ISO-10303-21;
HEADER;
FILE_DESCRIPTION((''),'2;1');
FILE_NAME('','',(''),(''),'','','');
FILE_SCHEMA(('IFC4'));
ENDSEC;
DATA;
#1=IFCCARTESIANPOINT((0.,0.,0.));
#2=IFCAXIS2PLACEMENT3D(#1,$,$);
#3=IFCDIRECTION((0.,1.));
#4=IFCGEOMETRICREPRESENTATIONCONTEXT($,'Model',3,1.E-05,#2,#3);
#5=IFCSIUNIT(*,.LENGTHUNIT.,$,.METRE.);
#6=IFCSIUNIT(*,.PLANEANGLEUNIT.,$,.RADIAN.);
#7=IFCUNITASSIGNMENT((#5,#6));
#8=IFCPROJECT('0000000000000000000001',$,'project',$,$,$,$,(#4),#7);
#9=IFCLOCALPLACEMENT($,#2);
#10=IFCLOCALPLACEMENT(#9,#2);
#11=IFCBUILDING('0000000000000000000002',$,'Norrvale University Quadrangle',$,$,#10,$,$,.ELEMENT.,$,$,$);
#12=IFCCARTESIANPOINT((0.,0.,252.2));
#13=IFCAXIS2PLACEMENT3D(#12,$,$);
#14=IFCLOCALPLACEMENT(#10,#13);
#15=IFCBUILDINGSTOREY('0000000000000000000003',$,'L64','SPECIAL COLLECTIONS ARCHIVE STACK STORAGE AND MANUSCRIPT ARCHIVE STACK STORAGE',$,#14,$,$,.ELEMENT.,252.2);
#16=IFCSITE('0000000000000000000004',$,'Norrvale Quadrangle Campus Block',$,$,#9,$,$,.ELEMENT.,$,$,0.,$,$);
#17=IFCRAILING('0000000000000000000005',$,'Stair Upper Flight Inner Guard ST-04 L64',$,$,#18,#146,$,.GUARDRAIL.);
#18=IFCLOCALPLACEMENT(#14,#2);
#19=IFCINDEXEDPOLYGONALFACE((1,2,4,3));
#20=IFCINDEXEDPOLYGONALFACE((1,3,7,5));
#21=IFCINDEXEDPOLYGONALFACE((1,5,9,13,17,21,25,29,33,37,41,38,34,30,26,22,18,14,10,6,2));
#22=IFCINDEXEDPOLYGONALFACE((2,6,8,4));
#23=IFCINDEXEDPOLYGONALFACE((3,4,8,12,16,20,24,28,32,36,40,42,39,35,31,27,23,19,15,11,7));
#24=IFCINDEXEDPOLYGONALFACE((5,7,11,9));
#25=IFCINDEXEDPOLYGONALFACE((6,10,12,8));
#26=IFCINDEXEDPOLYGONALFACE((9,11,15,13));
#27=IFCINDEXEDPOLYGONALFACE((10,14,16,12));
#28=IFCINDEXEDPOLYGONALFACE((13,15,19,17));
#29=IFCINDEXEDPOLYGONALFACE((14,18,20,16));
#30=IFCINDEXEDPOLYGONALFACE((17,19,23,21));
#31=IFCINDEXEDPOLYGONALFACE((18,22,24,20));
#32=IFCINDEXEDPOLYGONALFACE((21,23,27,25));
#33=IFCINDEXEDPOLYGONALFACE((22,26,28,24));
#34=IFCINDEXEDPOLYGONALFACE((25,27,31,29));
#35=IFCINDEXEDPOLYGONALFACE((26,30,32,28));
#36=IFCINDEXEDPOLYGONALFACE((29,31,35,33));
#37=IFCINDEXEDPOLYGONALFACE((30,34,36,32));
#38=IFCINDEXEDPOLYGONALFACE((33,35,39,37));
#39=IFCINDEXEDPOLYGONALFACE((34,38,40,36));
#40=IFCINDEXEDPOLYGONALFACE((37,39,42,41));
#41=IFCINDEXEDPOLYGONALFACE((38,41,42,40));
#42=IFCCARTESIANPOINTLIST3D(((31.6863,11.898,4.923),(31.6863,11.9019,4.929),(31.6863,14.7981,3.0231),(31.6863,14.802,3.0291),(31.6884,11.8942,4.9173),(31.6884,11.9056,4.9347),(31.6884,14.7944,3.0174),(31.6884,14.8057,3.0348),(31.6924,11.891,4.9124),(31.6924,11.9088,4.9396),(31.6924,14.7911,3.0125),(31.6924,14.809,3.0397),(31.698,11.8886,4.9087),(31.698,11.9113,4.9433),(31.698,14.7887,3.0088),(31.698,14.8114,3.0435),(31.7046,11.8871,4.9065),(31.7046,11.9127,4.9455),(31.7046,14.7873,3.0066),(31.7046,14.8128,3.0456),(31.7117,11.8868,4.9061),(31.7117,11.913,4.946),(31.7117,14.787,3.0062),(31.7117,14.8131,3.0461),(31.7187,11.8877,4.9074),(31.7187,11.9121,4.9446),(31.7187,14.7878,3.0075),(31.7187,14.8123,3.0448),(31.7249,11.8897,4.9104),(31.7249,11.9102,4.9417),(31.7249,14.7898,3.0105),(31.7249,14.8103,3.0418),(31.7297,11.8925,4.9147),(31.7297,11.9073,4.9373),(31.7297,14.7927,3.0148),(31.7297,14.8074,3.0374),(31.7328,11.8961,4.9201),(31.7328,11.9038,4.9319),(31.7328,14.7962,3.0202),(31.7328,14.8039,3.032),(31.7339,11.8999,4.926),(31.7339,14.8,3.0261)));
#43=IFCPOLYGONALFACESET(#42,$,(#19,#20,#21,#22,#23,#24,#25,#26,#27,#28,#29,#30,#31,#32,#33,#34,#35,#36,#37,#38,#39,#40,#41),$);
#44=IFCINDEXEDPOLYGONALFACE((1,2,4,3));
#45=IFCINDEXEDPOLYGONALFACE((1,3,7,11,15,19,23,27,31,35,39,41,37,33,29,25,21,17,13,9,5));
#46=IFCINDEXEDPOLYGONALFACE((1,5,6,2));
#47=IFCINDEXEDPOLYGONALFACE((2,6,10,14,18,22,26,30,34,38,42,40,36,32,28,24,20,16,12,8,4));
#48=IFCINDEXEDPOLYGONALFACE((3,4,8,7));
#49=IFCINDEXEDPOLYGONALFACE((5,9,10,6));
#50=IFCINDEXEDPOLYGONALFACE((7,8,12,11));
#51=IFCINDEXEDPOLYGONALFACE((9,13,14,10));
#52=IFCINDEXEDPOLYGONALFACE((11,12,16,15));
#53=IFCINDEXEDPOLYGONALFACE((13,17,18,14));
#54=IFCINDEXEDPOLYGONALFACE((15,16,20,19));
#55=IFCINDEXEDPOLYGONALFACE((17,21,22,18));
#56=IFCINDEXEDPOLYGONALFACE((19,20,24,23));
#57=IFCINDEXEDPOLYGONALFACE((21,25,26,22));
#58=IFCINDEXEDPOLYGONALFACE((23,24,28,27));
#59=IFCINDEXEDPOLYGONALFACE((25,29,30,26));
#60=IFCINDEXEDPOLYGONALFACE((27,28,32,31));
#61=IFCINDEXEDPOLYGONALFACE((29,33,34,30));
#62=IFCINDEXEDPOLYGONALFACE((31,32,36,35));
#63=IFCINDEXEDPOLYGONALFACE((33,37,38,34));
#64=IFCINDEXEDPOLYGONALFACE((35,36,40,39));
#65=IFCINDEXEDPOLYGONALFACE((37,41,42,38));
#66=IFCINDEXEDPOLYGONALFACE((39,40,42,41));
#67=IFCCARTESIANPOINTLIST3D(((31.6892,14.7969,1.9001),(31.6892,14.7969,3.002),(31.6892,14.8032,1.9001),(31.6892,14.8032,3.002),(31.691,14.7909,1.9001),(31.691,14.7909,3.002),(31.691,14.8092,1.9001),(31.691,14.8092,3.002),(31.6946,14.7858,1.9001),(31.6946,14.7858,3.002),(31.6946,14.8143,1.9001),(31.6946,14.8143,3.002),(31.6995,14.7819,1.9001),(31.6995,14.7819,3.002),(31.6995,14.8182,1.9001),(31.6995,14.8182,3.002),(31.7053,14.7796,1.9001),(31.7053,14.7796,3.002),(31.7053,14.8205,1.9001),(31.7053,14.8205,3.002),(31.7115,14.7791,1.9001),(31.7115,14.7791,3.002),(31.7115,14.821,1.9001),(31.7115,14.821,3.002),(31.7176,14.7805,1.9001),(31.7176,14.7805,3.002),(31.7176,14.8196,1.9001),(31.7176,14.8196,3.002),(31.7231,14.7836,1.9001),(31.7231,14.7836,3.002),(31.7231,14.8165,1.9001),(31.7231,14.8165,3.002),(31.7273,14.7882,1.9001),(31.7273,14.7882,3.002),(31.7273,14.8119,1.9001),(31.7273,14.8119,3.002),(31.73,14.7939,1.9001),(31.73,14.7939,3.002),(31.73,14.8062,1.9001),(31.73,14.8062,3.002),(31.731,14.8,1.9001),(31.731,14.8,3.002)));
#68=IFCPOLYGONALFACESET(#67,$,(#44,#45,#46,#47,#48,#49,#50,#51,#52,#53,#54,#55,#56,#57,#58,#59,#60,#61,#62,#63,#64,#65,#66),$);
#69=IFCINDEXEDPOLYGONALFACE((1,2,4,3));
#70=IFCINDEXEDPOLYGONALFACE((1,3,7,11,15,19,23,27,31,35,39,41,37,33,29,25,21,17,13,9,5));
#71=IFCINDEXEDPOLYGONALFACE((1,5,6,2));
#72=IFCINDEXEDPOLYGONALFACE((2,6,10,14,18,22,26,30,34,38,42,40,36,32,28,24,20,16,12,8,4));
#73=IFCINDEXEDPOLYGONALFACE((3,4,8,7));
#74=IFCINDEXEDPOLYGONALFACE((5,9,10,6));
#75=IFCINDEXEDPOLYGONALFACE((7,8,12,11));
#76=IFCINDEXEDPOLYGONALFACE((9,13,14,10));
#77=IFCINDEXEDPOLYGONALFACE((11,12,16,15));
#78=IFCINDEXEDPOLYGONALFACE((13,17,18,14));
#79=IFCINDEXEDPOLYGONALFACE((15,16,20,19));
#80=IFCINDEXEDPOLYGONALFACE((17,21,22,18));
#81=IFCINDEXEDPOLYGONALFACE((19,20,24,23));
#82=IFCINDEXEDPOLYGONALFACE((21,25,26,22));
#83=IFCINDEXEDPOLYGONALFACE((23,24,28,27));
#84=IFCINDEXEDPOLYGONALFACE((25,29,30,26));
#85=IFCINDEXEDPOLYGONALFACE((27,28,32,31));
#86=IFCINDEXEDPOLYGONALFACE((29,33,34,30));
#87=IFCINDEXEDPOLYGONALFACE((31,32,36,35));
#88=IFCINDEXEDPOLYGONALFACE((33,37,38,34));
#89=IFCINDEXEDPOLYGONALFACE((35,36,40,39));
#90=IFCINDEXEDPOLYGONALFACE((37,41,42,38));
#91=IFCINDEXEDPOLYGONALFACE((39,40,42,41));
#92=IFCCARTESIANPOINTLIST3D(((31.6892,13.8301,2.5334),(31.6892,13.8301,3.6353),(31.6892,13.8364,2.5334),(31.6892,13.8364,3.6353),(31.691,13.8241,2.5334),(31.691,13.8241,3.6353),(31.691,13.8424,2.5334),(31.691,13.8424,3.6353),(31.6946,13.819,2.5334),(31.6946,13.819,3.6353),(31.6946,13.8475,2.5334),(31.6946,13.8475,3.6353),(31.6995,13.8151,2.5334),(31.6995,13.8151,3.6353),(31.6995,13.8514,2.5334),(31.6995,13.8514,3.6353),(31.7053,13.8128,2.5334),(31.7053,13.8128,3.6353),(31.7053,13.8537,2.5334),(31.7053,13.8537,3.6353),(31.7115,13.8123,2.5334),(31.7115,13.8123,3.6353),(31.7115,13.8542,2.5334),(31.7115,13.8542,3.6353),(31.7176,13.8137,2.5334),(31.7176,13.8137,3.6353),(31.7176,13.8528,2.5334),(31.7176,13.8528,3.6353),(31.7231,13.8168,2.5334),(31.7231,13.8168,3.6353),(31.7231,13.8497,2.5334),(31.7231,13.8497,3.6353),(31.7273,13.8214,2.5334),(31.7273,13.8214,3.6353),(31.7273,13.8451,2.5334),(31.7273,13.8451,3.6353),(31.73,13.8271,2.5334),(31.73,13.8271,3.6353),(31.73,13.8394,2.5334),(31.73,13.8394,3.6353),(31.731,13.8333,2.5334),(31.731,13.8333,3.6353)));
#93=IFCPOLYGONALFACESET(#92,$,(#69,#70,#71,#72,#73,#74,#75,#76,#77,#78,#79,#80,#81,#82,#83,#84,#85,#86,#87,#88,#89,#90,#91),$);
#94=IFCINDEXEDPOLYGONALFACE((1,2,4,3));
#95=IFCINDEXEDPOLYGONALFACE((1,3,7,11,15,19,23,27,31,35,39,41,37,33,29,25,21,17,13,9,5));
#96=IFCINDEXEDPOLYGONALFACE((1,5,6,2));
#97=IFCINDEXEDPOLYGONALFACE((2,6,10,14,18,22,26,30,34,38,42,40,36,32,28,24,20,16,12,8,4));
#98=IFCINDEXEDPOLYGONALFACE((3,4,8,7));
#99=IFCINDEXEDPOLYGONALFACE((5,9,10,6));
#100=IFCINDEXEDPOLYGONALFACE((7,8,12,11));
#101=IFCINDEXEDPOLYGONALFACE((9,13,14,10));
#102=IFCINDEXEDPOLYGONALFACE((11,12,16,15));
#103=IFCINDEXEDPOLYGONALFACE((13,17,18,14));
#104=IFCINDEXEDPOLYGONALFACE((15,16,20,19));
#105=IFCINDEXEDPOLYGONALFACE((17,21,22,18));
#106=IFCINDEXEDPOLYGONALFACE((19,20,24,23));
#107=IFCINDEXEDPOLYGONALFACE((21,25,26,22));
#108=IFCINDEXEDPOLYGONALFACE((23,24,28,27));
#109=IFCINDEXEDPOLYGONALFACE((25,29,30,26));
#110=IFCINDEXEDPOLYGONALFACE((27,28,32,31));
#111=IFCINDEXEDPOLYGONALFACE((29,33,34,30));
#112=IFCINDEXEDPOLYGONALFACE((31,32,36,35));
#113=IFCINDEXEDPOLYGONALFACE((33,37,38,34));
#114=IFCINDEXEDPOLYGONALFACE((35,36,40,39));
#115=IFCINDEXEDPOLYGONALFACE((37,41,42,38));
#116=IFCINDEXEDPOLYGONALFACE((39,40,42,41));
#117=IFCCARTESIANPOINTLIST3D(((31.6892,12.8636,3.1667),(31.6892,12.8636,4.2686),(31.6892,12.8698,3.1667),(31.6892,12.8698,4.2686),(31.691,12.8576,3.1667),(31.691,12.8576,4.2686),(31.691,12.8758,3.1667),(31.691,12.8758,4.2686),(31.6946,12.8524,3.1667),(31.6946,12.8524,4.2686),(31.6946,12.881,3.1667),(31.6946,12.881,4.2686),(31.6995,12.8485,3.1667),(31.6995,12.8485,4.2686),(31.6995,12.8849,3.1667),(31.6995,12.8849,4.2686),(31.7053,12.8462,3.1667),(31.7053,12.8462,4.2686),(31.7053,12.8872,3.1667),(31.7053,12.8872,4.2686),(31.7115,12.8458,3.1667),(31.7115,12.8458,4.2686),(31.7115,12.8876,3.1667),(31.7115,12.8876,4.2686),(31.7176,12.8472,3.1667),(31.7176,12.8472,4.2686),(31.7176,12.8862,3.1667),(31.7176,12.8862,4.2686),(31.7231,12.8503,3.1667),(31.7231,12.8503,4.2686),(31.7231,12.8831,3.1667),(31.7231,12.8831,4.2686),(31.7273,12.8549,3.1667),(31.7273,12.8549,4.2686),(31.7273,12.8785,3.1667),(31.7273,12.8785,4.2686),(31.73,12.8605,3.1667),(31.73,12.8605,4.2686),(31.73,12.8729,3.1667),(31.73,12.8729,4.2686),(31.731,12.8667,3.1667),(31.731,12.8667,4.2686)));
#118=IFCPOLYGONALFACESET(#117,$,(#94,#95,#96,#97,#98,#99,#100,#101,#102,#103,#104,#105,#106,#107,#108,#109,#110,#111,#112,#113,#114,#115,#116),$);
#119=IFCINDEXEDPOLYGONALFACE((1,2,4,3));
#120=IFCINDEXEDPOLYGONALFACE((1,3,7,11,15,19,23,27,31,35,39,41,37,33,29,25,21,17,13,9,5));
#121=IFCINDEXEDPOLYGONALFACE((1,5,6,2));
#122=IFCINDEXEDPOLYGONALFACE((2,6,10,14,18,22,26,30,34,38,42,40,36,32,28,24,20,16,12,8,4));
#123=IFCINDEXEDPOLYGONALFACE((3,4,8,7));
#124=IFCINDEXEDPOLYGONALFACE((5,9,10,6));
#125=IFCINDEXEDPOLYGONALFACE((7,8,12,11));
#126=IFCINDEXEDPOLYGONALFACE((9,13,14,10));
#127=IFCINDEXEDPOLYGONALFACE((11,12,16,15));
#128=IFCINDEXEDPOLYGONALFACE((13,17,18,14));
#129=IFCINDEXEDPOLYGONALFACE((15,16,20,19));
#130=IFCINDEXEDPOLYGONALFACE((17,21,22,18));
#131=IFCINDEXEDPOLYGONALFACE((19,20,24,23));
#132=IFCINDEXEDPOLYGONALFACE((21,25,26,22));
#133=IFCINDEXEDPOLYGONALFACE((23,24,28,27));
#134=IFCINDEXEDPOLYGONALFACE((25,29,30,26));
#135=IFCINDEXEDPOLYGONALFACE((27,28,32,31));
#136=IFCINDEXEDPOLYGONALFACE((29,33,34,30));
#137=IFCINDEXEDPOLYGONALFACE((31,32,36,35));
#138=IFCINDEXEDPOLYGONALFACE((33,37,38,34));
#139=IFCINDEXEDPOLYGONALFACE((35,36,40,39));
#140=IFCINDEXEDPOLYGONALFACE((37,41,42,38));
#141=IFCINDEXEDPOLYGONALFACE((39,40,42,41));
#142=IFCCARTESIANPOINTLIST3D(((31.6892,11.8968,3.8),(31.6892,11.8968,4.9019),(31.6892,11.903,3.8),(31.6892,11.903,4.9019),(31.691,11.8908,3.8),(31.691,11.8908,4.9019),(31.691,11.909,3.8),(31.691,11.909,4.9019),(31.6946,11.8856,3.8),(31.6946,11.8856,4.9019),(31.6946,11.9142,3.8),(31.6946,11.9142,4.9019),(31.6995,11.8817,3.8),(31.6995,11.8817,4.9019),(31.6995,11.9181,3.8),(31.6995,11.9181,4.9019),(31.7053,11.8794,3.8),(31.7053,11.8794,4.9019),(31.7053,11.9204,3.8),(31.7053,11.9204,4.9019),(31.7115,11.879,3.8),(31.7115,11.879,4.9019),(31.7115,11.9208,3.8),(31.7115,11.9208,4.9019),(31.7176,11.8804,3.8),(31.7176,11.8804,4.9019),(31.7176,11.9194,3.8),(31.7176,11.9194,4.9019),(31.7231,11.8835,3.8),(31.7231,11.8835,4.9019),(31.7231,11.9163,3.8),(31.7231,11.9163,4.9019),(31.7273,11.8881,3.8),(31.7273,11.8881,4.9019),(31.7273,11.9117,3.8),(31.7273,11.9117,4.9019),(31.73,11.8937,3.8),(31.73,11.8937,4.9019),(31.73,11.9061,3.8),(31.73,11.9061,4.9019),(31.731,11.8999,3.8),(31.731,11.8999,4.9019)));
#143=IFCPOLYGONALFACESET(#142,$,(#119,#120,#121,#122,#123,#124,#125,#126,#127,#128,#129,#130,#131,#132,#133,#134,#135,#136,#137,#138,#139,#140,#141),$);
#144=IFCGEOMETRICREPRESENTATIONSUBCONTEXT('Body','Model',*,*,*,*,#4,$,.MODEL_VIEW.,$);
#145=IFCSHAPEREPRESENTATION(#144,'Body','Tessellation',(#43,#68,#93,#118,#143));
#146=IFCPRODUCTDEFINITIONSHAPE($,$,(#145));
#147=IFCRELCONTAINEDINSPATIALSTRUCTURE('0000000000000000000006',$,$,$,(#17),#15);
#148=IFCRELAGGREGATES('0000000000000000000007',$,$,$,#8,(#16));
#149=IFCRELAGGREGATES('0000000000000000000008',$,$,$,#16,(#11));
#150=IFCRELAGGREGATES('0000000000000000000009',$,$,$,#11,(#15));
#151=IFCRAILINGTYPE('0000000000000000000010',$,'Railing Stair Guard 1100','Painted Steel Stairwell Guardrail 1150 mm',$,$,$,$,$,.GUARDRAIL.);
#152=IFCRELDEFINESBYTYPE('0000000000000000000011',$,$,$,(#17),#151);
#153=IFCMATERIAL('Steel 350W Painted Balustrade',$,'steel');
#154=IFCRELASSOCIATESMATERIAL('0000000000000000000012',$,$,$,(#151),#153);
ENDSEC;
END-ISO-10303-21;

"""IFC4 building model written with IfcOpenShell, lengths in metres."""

from ifc_helpers import new_model, si_unit, direction, frame, origin, origin_2d, place, context, subcontext, project, spatial, circle, extrude, material, type_object, element, save


model = new_model("IFC4")

# Units and contexts
model_context = context("Model", 3, precision=1e-05, world=origin(), true_north=direction((0.0, 1.0)))
body_context = subcontext(model_context, "Body", "Model", "MODEL_VIEW")
ifc_project = project(units=[si_unit("LENGTHUNIT", "METRE"), si_unit("PLANEANGLEUNIT", "RADIAN")], contexts=[model_context])

# Site, building, storey
site_placement = place(None, origin())
site = spatial("IfcSite", under=ifc_project, at=site_placement, Name="Norrvale Quadrangle Campus Block", CompositionType="ELEMENT", RefElevation=0.0)
building_placement = place(site_placement, origin())
building = spatial("IfcBuilding", under=site, at=building_placement, Name="Norrvale University Quadrangle", CompositionType="ELEMENT")
storey_placement = place(building_placement, frame((0.0, 0.0, 252.2)))
storey = spatial("IfcBuildingStorey", under=building, at=storey_placement, Name="L64", Description="SPECIAL COLLECTIONS ARCHIVE STACK STORAGE AND MANUSCRIPT ARCHIVE STACK STORAGE", CompositionType="ELEMENT", Elevation=252.2)

# Railing
ifc_material_1 = material(Name="Steel 350W Painted Balustrade", Category="steel")
railing_type_1 = type_object("IfcRailingType", Name="Railing Stair Guard 1100", Description="Painted Steel Stairwell Guardrail 1150 mm", PredefinedType="GUARDRAIL", material=ifc_material_1)
railing_1_placement = place(storey_placement, frame((31.71, 14.8, 1.9001)))
element("IfcRailing", 1, at=railing_1_placement, inside=storey, type_object=railing_type_1, Name="Stair Upper Flight Inner Guard ST-04 L64", PredefinedType="GUARDRAIL", context=body_context, shape_type="SweptSolid", body=[
    extrude(circle(Radius=0.0239, at=origin_2d()), frame((0.0, 0.0, 1.126), z_axis=(0.0, -0.836487, 0.547987), x_axis=(1.0, 0.0, 0.0)), (0.0, 0.0, 1.0), 3.467),
    extrude(circle(Radius=0.021, at=origin_2d()), origin(), (0.0, 0.0, 1.0), 1.1018),
    extrude(circle(Radius=0.021, at=origin_2d()), frame((0.0, -0.9668, 0.6333)), (0.0, 0.0, 1.0), 1.1018),
    extrude(circle(Radius=0.021, at=origin_2d()), frame((0.0, -1.9333, 1.2666)), (0.0, 0.0, 1.0), 1.1018),
    extrude(circle(Radius=0.021, at=origin_2d()), frame((0.0, -2.9001, 1.8999)), (0.0, 0.0, 1.0), 1.1018),
])

save(model, "model.ifc")
